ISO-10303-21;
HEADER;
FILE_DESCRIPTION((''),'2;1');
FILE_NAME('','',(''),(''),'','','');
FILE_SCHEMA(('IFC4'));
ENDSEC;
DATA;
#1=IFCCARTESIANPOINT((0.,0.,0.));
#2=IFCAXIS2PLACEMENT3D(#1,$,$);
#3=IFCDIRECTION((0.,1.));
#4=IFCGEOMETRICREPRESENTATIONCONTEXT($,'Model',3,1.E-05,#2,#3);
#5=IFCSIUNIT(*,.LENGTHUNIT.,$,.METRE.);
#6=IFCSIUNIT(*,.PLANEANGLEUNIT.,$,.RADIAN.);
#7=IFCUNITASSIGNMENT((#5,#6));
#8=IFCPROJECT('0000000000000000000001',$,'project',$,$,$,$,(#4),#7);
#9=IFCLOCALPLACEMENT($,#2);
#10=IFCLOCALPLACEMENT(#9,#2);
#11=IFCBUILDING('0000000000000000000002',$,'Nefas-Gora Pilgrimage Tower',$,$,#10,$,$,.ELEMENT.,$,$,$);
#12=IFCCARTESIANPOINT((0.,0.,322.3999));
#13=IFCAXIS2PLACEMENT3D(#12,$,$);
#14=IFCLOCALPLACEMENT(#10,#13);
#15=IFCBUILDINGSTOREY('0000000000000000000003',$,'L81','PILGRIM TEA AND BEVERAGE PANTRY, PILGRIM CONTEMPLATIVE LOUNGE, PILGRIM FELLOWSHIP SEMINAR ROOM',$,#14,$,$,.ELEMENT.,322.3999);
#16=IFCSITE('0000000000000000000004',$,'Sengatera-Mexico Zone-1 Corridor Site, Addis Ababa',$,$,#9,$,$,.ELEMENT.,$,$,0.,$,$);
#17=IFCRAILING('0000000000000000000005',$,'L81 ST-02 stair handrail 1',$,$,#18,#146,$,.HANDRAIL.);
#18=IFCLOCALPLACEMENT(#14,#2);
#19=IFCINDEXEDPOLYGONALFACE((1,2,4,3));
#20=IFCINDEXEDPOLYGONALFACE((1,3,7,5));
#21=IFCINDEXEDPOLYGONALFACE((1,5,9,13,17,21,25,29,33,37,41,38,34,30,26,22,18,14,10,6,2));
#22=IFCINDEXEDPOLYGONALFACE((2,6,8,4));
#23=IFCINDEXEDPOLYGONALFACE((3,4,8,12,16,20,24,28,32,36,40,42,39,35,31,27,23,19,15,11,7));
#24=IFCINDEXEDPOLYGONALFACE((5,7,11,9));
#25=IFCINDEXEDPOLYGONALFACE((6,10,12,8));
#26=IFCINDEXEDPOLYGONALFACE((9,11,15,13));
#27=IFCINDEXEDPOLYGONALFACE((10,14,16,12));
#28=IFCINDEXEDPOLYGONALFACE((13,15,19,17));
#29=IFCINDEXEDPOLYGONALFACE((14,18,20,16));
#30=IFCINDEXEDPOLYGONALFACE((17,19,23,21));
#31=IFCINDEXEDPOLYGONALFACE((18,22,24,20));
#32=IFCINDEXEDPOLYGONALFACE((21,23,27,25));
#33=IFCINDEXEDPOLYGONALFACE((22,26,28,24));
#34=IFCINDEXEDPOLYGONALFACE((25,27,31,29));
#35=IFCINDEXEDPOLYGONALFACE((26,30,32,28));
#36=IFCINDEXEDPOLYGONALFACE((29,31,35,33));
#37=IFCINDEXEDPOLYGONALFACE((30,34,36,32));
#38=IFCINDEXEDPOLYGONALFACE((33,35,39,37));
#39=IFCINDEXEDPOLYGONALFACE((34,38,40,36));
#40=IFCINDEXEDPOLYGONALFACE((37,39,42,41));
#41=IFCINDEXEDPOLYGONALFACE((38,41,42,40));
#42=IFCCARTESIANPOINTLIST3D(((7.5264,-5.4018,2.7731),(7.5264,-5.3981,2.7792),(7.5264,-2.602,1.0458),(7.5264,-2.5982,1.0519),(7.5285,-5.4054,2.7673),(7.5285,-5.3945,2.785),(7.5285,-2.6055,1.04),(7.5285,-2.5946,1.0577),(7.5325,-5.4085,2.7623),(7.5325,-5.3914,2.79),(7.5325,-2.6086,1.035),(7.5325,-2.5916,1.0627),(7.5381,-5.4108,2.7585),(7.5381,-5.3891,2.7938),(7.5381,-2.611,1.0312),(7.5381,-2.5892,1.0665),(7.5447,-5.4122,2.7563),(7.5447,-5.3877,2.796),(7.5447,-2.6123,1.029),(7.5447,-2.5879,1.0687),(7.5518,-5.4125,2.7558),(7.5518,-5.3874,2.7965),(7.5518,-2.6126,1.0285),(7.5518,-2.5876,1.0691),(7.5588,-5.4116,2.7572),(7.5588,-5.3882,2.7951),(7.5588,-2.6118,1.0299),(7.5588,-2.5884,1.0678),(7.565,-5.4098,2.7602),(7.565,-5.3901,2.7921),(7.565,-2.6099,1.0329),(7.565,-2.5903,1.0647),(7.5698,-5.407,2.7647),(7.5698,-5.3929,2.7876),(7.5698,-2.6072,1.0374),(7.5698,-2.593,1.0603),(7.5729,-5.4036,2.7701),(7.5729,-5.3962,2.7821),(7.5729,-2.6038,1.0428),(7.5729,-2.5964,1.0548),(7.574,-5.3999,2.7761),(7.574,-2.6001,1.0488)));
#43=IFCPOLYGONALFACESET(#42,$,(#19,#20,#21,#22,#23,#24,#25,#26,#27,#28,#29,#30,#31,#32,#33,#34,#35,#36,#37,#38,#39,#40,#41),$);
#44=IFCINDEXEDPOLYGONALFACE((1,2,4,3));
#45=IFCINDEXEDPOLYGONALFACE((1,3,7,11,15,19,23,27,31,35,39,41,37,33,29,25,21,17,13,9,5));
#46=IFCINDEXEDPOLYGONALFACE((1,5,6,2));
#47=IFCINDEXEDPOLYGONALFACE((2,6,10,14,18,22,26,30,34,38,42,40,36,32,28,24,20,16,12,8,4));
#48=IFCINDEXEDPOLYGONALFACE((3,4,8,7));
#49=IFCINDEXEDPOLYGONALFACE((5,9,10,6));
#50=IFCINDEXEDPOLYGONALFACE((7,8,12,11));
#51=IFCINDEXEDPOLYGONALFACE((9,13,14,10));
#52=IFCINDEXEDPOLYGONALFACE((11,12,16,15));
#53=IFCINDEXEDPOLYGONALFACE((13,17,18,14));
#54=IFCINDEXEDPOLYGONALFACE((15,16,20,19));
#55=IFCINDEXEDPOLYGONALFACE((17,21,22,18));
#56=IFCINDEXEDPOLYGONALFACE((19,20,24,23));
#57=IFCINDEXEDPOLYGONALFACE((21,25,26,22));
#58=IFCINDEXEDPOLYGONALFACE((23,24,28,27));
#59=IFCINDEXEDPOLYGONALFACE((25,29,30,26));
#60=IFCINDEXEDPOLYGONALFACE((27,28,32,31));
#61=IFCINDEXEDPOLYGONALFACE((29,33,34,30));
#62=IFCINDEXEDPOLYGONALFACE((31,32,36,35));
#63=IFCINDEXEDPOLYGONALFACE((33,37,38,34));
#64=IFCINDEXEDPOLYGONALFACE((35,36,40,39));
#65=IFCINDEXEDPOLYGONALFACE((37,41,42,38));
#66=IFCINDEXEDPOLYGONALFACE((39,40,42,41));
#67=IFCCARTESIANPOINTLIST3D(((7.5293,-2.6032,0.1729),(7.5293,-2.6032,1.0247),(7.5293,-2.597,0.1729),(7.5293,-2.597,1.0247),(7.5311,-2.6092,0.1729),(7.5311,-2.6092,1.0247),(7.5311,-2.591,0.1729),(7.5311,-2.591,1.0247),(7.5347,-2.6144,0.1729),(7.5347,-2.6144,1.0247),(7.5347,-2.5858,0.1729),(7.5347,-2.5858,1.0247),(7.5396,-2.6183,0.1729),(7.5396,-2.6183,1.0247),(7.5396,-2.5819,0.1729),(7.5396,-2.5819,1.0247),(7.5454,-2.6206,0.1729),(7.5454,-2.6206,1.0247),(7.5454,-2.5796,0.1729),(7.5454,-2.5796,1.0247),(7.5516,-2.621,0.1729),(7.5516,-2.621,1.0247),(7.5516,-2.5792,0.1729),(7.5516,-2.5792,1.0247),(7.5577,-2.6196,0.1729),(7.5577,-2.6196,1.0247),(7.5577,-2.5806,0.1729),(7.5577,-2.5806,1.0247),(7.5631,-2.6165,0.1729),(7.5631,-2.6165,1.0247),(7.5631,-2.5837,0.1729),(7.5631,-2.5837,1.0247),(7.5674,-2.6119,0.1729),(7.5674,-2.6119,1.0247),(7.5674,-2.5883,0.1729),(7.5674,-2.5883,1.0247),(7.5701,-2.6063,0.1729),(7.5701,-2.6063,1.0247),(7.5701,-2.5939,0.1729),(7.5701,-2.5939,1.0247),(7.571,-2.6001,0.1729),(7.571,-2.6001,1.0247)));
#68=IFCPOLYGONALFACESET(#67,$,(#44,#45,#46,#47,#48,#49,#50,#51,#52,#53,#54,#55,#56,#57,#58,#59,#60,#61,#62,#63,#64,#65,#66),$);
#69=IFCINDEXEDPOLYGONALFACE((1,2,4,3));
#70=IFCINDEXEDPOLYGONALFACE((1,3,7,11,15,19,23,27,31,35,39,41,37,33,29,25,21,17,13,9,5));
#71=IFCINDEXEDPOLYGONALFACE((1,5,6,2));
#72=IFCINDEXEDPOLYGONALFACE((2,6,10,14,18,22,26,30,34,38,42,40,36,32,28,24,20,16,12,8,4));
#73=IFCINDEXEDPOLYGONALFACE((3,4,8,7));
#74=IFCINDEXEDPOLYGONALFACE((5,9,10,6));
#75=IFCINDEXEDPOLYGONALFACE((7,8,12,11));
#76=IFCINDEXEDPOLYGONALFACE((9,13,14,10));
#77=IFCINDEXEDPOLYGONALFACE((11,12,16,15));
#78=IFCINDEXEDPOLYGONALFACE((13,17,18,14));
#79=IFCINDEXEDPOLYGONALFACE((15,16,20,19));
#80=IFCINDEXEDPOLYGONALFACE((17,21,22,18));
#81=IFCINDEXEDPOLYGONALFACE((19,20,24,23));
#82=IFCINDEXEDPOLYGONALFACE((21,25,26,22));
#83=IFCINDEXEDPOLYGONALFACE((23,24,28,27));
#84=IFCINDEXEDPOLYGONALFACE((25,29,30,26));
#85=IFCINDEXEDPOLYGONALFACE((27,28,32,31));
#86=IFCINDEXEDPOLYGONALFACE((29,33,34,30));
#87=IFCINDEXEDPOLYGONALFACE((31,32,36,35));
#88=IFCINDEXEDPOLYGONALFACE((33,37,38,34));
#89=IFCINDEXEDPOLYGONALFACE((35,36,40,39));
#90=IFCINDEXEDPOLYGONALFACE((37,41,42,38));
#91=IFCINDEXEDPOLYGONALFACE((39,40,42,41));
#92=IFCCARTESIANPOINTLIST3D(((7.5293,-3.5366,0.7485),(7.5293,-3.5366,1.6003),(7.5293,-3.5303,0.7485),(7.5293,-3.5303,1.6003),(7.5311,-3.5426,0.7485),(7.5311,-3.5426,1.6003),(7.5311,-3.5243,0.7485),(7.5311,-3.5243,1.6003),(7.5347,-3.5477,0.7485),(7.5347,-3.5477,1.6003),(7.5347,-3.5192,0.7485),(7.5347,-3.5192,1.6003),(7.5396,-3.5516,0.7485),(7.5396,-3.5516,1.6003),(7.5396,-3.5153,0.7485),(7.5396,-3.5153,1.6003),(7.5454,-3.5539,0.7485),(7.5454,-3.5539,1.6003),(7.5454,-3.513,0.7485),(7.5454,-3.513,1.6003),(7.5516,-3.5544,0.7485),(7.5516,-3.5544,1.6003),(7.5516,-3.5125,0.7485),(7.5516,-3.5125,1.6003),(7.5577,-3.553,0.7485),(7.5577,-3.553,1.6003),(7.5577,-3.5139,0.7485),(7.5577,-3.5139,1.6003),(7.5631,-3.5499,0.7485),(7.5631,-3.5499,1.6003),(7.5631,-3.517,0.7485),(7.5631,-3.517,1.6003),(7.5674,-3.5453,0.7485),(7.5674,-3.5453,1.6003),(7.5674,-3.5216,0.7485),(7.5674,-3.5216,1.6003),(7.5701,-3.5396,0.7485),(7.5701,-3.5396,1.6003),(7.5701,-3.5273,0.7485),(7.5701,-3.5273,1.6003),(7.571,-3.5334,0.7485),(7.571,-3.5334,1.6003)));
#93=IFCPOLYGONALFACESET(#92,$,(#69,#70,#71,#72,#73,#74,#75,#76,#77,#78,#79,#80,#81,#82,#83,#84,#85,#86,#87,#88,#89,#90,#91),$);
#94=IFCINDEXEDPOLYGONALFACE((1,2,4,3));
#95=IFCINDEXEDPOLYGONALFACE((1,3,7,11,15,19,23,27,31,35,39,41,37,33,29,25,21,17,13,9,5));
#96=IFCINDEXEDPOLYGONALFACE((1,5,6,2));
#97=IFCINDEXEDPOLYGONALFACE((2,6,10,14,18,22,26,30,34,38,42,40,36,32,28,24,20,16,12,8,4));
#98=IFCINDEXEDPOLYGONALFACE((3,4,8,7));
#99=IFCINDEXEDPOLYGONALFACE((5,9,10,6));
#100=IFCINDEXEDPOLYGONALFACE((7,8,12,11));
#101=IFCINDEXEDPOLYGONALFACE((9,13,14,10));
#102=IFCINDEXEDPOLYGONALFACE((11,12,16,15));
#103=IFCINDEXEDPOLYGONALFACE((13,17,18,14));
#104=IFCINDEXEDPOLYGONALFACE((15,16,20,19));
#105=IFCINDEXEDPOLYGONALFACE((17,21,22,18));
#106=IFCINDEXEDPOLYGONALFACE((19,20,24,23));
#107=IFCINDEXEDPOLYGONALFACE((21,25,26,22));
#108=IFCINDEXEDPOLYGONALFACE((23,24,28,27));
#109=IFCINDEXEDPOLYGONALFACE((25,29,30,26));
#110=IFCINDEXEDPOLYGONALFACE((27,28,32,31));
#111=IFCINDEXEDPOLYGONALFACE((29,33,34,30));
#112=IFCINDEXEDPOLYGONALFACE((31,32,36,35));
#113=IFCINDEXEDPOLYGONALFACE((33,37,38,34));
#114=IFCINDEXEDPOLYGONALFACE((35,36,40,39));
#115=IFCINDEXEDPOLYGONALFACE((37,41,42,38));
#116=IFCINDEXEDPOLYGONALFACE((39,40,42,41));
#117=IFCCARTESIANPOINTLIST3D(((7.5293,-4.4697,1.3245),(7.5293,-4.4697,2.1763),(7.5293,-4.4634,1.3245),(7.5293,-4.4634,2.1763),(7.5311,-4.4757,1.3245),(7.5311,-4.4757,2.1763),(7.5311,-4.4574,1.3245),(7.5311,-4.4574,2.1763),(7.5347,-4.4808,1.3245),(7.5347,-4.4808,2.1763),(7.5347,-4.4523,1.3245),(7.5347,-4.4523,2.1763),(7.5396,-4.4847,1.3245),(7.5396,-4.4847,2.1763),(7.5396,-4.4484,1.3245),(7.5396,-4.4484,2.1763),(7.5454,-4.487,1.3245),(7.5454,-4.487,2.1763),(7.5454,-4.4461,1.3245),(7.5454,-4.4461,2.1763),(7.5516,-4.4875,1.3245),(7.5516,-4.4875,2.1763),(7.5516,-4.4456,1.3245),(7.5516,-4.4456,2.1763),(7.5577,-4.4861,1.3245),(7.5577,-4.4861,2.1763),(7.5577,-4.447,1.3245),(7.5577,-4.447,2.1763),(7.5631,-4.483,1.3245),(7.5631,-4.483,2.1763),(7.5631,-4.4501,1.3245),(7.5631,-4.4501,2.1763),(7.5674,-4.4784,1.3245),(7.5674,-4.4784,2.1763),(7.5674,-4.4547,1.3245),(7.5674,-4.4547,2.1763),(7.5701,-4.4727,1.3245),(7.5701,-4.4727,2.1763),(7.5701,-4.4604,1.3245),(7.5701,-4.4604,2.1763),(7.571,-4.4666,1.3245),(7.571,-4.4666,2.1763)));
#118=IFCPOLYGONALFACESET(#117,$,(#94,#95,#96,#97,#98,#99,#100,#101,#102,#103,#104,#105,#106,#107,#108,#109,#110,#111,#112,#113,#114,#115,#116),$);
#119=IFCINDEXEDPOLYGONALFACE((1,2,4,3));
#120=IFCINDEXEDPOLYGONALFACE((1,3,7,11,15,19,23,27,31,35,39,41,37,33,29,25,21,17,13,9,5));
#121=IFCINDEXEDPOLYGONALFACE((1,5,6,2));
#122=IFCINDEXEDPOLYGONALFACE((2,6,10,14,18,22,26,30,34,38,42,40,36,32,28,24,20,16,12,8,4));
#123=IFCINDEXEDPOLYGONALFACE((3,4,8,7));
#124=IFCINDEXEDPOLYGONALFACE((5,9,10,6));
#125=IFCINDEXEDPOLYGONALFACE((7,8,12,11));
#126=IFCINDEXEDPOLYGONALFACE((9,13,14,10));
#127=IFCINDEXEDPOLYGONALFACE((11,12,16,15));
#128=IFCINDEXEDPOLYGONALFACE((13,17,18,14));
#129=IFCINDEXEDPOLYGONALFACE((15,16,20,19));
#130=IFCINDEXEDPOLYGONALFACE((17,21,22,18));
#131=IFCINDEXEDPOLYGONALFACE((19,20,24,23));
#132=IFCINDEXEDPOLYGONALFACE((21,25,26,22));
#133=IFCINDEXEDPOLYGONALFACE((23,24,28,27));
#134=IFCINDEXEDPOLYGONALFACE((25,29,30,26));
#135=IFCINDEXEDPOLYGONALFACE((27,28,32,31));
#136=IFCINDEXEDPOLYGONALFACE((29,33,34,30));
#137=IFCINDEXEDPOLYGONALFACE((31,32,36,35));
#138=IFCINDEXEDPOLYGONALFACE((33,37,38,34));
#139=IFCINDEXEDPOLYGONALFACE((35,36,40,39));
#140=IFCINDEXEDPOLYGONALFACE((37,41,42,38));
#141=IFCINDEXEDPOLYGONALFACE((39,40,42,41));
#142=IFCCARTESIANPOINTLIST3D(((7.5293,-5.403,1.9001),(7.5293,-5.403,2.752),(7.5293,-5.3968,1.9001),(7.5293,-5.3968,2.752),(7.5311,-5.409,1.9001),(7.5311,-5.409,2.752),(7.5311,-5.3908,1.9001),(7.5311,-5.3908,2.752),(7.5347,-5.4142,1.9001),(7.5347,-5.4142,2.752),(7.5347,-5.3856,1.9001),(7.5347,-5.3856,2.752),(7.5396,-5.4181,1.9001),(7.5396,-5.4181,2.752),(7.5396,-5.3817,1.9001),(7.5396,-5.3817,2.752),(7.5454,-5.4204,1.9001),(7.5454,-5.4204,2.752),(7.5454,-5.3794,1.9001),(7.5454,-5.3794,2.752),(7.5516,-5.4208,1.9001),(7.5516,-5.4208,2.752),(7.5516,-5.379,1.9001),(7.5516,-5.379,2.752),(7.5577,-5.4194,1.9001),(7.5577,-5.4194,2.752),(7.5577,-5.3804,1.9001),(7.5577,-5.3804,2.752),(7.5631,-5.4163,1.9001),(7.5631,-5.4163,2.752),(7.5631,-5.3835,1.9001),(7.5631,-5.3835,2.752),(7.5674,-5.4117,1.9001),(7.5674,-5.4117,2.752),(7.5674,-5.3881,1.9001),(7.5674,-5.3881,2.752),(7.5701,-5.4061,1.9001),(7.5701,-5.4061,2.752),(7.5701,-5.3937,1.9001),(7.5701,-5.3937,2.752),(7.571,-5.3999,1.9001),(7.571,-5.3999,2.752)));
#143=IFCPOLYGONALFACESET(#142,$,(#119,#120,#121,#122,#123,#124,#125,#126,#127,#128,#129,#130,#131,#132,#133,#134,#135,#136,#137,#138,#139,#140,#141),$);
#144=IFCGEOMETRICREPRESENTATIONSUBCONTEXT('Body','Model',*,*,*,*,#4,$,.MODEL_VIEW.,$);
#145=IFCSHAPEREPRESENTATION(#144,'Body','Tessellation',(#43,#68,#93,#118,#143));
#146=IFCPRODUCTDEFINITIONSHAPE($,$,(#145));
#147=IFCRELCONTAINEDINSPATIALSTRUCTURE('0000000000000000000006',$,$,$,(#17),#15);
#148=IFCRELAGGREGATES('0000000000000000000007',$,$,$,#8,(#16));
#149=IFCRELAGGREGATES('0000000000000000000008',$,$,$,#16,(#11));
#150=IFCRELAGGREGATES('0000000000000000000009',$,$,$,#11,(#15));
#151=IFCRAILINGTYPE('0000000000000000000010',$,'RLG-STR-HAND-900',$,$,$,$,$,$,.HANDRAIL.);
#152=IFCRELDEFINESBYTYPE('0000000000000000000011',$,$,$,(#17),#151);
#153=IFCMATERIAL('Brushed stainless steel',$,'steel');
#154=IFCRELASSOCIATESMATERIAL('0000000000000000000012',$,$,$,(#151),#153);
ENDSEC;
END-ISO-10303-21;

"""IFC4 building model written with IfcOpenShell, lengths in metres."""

from ifc_helpers import new_model, si_unit, direction, frame, origin, origin_2d, place, context, subcontext, project, spatial, circle, extrude, material, type_object, element, save


model = new_model("IFC4")

# Units and contexts
model_context = context("Model", 3, precision=1e-05, world=origin(), true_north=direction((0.0, 1.0)))
body_context = subcontext(model_context, "Body", "Model", "MODEL_VIEW")
ifc_project = project(units=[si_unit("LENGTHUNIT", "METRE"), si_unit("PLANEANGLEUNIT", "RADIAN")], contexts=[model_context])

# Site, building, storey
site_placement = place(None, origin())
site = spatial("IfcSite", under=ifc_project, at=site_placement, Name="Sengatera-Mexico Zone-1 Corridor Site, Addis Ababa", CompositionType="ELEMENT", RefElevation=0.0)
building_placement = place(site_placement, origin())
building = spatial("IfcBuilding", under=site, at=building_placement, Name="Nefas-Gora Pilgrimage Tower", CompositionType="ELEMENT")
storey_placement = place(building_placement, frame((0.0, 0.0, 322.3999)))
storey = spatial("IfcBuildingStorey", under=building, at=storey_placement, Name="L81", Description="PILGRIM TEA AND BEVERAGE PANTRY, PILGRIM CONTEMPLATIVE LOUNGE, PILGRIM FELLOWSHIP SEMINAR ROOM", CompositionType="ELEMENT", Elevation=322.3999)

# Railing
ifc_material_1 = material(Name="Brushed stainless steel", Category="steel")
railing_type_1 = type_object("IfcRailingType", Name="RLG-STR-HAND-900", PredefinedType="HANDRAIL", material=ifc_material_1)
railing_1_placement = place(storey_placement, frame((7.55, -2.6001, 0.1729)))
element("IfcRailing", 1, at=railing_1_placement, inside=storey, type_object=railing_type_1, Name="L81 ST-02 stair handrail 1", PredefinedType="HANDRAIL", context=body_context, shape_type="SweptSolid", body=[
    extrude(circle(Radius=0.0239, at=origin_2d()), frame((0.0, 0.0, 0.876), z_axis=(0.0, -0.851069, 0.525054), x_axis=(1.0, 0.0, 0.0)), (0.0, 0.0, 1.0), 3.2898),
    extrude(circle(Radius=0.021, at=origin_2d()), origin(), (0.0, 0.0, 1.0), 0.8518),
    extrude(circle(Radius=0.021, at=origin_2d()), frame((0.0, -0.9333, 0.5757)), (0.0, 0.0, 1.0), 0.8518),
    extrude(circle(Radius=0.021, at=origin_2d()), frame((0.0, -1.8665, 1.1516)), (0.0, 0.0, 1.0), 0.8518),
    extrude(circle(Radius=0.021, at=origin_2d()), frame((0.0, -2.7998, 1.7273)), (0.0, 0.0, 1.0), 0.8518),
])

save(model, "model.ifc")
